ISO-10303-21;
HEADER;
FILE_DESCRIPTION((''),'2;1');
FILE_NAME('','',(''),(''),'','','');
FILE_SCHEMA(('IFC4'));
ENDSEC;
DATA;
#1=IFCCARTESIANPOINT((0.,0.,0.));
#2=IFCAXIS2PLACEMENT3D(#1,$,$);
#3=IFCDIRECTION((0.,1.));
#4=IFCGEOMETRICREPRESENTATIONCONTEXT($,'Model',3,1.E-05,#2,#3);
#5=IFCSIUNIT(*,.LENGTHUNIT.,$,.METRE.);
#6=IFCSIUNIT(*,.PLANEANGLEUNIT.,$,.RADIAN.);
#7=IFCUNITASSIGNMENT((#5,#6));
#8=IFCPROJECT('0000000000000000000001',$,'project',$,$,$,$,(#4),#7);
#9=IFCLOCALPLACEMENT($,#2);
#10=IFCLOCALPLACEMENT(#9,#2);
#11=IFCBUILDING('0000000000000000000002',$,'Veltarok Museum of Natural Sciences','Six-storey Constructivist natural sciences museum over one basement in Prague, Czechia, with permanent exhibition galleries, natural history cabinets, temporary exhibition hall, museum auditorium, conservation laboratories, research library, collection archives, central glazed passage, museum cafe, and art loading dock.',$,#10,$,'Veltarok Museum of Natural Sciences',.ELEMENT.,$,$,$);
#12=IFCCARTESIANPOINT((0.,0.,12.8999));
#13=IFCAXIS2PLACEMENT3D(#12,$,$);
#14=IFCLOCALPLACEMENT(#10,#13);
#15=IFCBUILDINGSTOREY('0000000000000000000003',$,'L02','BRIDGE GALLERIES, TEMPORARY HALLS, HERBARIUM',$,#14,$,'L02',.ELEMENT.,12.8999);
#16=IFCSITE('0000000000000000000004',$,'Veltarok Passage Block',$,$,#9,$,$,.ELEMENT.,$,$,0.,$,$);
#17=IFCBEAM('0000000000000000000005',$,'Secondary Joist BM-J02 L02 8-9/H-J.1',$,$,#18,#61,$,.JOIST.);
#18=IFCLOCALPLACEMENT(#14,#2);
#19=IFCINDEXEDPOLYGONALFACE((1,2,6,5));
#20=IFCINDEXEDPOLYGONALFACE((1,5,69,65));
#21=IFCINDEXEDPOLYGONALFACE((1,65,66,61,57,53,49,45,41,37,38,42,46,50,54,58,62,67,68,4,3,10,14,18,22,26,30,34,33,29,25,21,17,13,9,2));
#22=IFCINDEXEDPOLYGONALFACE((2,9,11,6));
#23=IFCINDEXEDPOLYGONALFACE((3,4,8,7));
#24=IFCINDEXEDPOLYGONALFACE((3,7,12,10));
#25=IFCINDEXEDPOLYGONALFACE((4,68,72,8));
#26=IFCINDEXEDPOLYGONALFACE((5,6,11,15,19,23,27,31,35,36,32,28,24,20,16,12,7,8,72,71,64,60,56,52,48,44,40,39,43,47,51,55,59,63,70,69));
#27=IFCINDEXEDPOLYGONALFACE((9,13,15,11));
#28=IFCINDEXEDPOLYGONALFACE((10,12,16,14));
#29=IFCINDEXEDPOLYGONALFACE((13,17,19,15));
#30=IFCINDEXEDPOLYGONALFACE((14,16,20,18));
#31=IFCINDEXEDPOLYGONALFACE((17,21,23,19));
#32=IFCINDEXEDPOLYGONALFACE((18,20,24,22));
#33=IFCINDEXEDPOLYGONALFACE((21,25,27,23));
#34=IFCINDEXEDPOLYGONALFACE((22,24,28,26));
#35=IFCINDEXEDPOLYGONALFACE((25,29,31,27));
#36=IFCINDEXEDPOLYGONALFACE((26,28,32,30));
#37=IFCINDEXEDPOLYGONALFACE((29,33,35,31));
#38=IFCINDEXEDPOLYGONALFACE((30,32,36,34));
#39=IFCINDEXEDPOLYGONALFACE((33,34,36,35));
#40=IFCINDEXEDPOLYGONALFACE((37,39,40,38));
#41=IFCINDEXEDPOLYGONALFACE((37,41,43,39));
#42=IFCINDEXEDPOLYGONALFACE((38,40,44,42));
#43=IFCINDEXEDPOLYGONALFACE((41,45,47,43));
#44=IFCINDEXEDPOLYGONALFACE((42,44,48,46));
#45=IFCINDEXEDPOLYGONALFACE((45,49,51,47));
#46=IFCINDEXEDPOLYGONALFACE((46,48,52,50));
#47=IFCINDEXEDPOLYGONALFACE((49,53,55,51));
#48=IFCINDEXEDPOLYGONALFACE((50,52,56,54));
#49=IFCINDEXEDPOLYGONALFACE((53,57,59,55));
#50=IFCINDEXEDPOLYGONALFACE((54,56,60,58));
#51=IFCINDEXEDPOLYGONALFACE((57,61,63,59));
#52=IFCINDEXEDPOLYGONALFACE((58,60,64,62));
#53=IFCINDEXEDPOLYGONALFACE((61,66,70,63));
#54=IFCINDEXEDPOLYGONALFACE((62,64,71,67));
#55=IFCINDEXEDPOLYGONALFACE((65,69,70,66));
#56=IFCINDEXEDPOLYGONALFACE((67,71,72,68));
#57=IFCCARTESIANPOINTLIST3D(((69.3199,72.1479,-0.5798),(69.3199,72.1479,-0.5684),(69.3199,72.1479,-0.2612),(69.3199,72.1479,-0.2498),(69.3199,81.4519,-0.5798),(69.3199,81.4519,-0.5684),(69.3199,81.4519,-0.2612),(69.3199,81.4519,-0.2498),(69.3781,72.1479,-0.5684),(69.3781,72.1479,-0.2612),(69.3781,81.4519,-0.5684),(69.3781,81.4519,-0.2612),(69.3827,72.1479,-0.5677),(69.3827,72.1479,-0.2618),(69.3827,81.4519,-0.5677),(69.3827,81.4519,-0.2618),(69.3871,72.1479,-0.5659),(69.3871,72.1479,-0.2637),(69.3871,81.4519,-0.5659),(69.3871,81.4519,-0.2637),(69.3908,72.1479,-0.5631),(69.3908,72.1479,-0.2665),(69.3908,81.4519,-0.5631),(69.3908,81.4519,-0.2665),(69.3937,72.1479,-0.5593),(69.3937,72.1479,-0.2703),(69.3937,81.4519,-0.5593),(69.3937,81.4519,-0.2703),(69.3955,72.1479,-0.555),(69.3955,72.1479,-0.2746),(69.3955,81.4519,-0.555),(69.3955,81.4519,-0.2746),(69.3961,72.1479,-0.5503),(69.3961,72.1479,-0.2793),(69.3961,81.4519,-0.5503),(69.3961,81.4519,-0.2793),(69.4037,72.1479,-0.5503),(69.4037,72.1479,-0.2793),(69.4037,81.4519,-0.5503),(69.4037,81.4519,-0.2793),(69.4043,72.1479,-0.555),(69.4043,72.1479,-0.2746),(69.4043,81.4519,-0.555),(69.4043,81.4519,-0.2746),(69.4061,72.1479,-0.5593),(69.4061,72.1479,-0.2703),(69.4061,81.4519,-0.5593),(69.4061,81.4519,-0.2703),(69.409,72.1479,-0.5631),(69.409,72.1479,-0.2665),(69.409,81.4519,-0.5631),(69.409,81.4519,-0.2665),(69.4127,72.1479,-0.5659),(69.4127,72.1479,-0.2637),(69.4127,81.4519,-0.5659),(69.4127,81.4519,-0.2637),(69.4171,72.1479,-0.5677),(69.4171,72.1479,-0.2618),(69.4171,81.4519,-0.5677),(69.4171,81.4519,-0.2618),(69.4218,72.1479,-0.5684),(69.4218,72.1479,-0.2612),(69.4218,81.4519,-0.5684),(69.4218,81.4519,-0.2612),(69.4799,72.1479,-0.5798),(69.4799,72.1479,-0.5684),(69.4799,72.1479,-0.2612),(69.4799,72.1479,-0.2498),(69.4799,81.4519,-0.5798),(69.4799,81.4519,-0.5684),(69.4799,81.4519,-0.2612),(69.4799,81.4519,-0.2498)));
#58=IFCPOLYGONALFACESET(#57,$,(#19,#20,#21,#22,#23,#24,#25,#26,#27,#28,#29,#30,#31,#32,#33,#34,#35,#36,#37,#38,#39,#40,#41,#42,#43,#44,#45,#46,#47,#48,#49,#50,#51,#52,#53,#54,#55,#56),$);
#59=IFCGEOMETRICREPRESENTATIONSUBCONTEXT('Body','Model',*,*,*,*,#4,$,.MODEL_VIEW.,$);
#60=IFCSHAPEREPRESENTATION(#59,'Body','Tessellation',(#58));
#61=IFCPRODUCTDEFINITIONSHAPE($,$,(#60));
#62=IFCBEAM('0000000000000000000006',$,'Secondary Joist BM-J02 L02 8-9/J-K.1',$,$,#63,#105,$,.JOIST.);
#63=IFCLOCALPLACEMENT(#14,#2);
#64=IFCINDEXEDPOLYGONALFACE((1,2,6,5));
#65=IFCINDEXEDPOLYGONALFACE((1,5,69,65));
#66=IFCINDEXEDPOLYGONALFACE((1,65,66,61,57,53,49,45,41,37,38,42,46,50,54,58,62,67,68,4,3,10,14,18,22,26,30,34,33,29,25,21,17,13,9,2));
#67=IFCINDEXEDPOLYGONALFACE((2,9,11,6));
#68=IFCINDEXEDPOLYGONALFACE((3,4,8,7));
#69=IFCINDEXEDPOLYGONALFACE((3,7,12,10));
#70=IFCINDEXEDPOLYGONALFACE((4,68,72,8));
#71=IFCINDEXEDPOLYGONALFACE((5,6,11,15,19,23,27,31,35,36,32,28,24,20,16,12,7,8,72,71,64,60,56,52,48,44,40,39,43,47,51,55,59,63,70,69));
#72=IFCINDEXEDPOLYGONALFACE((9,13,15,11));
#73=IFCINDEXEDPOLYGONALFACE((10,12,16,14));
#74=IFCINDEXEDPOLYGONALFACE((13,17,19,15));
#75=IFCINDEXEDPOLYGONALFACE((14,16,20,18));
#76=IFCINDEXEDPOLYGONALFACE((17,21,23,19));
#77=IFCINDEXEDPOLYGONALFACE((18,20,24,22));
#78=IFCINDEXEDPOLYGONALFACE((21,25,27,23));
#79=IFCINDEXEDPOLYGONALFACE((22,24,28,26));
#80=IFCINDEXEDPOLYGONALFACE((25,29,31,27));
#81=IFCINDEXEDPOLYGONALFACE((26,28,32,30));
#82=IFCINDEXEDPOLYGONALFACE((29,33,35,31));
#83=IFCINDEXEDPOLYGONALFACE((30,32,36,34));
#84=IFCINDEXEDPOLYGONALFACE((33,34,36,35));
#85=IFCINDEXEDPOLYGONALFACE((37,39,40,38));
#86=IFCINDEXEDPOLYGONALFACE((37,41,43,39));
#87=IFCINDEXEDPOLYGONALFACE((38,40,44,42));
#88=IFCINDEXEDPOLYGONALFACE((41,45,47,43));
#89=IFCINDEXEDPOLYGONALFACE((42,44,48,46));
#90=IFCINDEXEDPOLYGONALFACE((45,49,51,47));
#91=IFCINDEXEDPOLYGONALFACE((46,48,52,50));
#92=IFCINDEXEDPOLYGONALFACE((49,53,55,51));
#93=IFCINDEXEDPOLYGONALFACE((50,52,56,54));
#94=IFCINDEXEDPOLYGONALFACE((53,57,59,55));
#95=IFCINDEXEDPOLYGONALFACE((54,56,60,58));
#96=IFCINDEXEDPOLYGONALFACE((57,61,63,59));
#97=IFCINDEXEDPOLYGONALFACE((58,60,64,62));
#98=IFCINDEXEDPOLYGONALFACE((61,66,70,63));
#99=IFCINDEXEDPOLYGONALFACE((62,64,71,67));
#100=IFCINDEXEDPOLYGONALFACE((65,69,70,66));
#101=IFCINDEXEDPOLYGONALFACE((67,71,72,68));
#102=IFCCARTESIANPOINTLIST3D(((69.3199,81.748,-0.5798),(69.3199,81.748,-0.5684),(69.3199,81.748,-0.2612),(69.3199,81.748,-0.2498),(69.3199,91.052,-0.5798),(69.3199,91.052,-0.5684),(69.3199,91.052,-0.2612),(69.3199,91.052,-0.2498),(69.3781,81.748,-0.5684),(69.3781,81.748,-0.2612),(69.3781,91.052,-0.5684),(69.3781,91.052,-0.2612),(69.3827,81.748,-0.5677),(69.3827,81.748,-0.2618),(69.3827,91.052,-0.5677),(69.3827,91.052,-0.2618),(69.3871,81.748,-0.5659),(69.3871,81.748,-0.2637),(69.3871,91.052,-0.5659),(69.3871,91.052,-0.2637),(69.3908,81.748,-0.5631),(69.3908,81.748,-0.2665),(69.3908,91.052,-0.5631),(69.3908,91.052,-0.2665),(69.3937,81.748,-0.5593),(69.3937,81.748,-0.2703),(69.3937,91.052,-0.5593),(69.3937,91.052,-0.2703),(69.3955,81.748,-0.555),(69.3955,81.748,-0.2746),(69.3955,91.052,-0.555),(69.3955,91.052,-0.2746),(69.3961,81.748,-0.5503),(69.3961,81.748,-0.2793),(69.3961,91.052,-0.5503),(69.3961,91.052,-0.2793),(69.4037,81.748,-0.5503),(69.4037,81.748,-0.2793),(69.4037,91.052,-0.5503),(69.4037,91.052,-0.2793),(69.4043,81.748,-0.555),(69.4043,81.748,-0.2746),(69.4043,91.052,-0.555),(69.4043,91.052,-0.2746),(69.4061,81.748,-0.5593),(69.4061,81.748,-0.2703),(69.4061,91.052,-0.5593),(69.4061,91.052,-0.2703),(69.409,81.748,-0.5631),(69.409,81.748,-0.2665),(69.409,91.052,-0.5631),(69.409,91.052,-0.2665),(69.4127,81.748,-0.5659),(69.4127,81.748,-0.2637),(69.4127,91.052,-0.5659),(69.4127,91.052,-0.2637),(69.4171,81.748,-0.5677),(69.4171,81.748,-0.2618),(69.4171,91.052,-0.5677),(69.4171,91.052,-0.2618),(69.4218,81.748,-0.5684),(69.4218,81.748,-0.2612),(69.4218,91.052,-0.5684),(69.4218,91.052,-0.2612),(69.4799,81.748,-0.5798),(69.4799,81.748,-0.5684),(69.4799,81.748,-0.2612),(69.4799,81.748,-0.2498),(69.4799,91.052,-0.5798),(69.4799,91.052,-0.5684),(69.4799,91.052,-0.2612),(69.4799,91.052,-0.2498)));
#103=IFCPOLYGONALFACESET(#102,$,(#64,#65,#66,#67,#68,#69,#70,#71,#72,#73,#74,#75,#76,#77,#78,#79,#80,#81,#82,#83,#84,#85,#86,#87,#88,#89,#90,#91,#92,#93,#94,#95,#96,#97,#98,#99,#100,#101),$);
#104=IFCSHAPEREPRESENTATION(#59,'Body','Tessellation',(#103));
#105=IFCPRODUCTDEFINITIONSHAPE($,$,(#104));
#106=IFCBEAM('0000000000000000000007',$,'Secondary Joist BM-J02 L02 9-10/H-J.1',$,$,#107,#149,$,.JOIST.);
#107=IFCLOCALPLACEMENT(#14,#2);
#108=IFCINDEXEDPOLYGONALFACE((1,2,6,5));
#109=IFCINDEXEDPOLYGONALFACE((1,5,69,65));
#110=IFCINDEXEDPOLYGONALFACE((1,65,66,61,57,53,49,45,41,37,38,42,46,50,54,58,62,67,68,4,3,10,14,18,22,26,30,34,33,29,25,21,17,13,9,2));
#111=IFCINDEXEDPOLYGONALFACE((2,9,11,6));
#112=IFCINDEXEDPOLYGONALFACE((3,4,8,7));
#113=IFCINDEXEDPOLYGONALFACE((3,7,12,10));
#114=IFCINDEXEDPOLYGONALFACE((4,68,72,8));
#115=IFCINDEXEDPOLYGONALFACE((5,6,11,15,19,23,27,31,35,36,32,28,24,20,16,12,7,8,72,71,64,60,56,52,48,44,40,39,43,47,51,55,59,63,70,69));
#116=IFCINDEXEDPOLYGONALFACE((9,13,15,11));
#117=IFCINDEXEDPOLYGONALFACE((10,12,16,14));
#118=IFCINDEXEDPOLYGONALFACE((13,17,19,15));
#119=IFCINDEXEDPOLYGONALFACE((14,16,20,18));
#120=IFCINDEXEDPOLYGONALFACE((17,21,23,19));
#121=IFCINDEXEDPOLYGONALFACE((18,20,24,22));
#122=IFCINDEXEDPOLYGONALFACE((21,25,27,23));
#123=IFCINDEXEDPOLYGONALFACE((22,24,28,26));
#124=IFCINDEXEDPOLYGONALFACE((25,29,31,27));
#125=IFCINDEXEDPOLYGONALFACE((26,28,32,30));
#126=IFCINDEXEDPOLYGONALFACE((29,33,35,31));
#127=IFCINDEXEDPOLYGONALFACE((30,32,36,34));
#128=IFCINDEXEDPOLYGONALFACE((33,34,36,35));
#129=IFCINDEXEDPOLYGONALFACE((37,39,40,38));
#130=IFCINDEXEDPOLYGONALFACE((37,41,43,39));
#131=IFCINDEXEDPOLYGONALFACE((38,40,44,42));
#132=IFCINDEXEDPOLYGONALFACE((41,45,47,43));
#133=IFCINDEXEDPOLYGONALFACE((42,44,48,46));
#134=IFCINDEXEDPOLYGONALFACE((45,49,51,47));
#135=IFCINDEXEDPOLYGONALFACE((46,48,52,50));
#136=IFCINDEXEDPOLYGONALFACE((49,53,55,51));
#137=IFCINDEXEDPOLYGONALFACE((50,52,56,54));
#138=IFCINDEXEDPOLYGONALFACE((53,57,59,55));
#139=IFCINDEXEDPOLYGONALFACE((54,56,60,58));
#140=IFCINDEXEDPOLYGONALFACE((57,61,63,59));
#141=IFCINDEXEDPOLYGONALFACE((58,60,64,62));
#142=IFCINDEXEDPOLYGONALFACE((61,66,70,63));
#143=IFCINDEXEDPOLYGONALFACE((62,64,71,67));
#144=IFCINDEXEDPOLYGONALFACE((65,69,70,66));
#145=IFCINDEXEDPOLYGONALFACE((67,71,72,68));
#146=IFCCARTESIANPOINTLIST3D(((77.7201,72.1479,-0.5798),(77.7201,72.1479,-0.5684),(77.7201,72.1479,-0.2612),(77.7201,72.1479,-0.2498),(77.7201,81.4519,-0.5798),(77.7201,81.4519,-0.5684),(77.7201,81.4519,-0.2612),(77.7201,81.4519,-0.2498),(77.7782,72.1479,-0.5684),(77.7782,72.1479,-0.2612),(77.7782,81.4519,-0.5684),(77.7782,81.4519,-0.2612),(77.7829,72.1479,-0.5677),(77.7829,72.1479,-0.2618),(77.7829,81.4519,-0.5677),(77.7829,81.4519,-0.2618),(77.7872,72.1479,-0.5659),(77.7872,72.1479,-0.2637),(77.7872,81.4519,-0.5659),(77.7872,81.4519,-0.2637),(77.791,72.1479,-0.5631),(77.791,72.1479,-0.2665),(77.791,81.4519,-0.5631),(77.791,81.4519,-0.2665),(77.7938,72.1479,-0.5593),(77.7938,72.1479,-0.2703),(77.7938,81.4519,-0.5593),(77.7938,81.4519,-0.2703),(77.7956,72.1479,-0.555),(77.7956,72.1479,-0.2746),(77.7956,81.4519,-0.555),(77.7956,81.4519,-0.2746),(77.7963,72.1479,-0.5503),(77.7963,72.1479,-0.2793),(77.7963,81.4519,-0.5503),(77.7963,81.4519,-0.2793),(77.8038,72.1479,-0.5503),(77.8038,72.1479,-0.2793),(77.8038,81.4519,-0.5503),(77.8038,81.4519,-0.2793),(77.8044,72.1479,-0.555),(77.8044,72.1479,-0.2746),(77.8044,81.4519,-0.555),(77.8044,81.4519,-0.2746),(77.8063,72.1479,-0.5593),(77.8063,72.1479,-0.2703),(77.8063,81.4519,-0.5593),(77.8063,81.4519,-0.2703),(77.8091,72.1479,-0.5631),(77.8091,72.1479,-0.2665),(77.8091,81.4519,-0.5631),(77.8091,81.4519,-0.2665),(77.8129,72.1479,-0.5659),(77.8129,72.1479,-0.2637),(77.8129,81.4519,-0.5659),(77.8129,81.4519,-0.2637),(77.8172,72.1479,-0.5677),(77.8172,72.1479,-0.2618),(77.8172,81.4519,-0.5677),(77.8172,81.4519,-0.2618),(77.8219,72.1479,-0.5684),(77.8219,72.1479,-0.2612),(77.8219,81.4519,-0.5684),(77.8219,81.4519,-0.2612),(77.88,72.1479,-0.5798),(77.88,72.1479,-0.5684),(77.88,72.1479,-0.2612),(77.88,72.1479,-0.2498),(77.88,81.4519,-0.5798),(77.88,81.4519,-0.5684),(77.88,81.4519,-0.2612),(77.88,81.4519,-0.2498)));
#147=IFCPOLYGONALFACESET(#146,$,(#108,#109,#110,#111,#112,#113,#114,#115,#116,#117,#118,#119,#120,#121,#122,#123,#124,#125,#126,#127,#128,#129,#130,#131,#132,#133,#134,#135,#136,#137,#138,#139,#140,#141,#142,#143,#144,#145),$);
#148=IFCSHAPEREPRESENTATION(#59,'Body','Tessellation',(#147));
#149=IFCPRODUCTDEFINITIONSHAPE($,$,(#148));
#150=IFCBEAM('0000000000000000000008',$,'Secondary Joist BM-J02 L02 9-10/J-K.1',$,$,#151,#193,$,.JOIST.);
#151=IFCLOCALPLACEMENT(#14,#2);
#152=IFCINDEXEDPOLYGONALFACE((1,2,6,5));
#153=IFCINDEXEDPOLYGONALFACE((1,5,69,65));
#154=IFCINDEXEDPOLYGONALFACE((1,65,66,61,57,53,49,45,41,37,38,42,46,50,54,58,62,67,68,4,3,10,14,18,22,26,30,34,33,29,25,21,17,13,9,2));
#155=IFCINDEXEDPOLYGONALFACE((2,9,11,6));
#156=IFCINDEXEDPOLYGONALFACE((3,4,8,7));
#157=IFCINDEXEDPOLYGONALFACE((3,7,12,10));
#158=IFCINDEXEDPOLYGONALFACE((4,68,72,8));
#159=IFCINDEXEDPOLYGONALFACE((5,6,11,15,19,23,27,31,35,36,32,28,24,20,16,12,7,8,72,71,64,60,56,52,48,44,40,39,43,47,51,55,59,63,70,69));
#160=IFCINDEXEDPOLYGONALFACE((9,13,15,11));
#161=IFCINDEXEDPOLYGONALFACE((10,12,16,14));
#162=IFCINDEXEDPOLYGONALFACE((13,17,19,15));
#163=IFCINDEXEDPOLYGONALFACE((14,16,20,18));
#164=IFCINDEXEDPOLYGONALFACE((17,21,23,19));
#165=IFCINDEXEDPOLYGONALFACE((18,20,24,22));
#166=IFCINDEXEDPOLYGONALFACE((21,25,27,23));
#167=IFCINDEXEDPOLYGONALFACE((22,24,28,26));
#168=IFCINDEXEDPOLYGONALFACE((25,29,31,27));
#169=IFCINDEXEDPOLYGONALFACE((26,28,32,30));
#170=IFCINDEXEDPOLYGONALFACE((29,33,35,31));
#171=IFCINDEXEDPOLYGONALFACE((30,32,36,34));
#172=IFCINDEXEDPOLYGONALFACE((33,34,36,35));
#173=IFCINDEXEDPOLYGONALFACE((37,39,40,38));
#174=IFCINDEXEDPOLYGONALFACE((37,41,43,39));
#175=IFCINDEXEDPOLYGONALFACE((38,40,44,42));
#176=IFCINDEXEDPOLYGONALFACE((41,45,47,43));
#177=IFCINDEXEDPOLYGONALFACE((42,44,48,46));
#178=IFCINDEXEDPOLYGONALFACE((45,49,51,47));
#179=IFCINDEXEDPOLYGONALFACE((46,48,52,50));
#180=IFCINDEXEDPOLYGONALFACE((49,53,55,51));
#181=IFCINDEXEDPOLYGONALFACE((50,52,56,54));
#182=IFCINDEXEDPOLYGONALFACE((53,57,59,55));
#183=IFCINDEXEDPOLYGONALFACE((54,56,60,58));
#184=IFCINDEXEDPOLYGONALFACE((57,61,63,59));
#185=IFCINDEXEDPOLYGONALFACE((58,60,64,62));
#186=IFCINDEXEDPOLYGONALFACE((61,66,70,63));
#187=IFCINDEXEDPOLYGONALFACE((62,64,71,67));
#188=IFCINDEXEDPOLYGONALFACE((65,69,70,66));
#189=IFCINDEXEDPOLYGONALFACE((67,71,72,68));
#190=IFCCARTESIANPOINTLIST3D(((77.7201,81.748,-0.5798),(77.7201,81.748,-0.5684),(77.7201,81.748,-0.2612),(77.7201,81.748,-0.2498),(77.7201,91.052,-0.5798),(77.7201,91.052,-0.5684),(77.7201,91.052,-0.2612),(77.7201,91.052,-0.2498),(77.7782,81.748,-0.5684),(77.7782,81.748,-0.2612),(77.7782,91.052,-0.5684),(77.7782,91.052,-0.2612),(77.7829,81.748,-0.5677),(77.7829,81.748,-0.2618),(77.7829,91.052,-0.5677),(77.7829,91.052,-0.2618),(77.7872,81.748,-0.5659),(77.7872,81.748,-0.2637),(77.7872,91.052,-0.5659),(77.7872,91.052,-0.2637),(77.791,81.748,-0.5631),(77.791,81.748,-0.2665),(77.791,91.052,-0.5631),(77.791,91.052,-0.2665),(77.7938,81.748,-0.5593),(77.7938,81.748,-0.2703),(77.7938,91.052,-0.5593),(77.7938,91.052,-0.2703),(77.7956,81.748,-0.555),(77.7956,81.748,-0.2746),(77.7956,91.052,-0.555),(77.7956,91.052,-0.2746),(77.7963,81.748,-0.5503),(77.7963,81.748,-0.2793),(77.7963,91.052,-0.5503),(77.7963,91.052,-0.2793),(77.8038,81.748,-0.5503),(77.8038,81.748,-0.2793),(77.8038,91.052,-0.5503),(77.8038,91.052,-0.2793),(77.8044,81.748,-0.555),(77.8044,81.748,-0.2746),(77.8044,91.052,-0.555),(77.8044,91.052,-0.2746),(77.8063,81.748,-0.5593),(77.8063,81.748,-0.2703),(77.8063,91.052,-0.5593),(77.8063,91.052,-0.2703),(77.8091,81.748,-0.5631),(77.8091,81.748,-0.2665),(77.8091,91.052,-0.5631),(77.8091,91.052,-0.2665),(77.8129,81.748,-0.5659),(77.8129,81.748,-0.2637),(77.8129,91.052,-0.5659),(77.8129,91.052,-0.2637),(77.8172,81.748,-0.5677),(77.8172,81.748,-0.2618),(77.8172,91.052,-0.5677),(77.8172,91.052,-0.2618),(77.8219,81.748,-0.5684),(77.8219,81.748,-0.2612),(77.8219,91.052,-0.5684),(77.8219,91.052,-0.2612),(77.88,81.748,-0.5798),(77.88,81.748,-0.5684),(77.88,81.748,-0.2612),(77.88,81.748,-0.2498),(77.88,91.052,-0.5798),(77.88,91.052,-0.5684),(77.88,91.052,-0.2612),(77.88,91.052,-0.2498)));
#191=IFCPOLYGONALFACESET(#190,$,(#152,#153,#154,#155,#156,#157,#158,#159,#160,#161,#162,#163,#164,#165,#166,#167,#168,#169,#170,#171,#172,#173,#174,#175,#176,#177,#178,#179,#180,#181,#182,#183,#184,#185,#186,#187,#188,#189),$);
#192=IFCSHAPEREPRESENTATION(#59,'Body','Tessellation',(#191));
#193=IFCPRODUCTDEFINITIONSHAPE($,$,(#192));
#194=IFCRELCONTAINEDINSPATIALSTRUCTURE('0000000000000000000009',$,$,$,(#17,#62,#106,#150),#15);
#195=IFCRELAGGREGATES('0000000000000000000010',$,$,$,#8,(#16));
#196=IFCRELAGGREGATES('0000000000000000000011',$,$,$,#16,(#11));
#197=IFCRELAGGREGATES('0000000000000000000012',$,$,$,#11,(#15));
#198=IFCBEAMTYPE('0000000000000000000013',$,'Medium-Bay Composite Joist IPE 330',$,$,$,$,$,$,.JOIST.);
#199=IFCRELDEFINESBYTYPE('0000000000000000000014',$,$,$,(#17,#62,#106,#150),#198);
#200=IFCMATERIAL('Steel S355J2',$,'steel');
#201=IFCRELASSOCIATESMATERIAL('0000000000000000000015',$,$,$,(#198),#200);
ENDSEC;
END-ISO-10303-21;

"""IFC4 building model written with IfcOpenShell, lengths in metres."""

from ifc_helpers import new_model, si_unit, direction, frame, origin, origin_2d, place, context, subcontext, project, spatial, i_section, extrude, material, material_profile, profile_set, type_object, element, save


model = new_model("IFC4")

# Units and contexts
model_context = context("Model", 3, precision=1e-05, world=origin(), true_north=direction((0.0, 1.0)))
body_context = subcontext(model_context, "Body", "Model", "MODEL_VIEW")
ifc_project = project(units=[si_unit("LENGTHUNIT", "METRE"), si_unit("PLANEANGLEUNIT", "RADIAN")], contexts=[model_context])

# Site, building, storey
site_placement = place(None, origin())
site = spatial("IfcSite", under=ifc_project, at=site_placement, Name="Veltarok Passage Block", CompositionType="ELEMENT", RefElevation=0.0)
building_placement = place(site_placement, origin())
building = spatial("IfcBuilding", under=site, at=building_placement, Name="Veltarok Museum of Natural Sciences", Description="Six-storey Constructivist natural sciences museum over one basement in Prague, Czechia, with permanent exhibition galleries, natural history cabinets, temporary exhibition hall, museum auditorium, conservation laboratories, research library, collection archives, central glazed passage, museum cafe, and art loading dock.", LongName="Veltarok Museum of Natural Sciences", CompositionType="ELEMENT")
storey_placement = place(building_placement, frame((0.0, 0.0, 12.8999)))
storey = spatial("IfcBuildingStorey", under=building, at=storey_placement, Name="L02", Description="BRIDGE GALLERIES, TEMPORARY HALLS, HERBARIUM", LongName="L02", CompositionType="ELEMENT", Elevation=12.8999)

# Shared definitions
ifc_material_1 = material(Name="Steel S355J2", Category="steel")

# Beams
ifc_material_profile_1 = material_profile(ifc_material_1, i_section(OverallWidth=0.1599, OverallDepth=0.3301, WebThickness=0.0076, FlangeThickness=0.0115, FilletRadius=0.0181, at=origin_2d()), Name="IPE 330")
ifc_profile_set_1 = profile_set([ifc_material_profile_1], Name="Steel S355J2")
beam_type_1 = type_object("IfcBeamType", Name="Medium-Bay Composite Joist IPE 330", PredefinedType="JOIST", material=ifc_profile_set_1)
for number, where, z_axis, x_axis, name in (
    (1, (69.3999, 72.1479, -0.4148), (0.0, 1.0, 0.0), (-1.0, 0.0, 0.0), "Secondary Joist BM-J02 L02 8-9/H-J.1"),
    (2, (69.3999, 81.748, -0.4148), (0.0, 1.0, 0.0), (-1.0, 0.0, 0.0), "Secondary Joist BM-J02 L02 8-9/J-K.1"),
    (3, (77.8, 72.1479, -0.4148), (0.0, 1.0, 0.0), (-1.0, 0.0, 0.0), "Secondary Joist BM-J02 L02 9-10/H-J.1"),
    (4, (77.8, 81.748, -0.4148), (0.0, 1.0, 0.0), (-1.0, 0.0, 0.0), "Secondary Joist BM-J02 L02 9-10/J-K.1"),
):
    element("IfcBeam", number, at=place(storey_placement, frame(where, z_axis=z_axis, x_axis=x_axis)), inside=storey, type_object=beam_type_1, Name=name, PredefinedType="JOIST", context=body_context, shape_type="SweptSolid", body=[
        extrude(i_section(OverallWidth=0.1599, OverallDepth=0.3301, WebThickness=0.0076, FlangeThickness=0.0115, FilletRadius=0.0181, at=origin_2d()), origin(), (0.0, 0.0, 1.0), 9.304),
    ])

save(model, "model.ifc")
